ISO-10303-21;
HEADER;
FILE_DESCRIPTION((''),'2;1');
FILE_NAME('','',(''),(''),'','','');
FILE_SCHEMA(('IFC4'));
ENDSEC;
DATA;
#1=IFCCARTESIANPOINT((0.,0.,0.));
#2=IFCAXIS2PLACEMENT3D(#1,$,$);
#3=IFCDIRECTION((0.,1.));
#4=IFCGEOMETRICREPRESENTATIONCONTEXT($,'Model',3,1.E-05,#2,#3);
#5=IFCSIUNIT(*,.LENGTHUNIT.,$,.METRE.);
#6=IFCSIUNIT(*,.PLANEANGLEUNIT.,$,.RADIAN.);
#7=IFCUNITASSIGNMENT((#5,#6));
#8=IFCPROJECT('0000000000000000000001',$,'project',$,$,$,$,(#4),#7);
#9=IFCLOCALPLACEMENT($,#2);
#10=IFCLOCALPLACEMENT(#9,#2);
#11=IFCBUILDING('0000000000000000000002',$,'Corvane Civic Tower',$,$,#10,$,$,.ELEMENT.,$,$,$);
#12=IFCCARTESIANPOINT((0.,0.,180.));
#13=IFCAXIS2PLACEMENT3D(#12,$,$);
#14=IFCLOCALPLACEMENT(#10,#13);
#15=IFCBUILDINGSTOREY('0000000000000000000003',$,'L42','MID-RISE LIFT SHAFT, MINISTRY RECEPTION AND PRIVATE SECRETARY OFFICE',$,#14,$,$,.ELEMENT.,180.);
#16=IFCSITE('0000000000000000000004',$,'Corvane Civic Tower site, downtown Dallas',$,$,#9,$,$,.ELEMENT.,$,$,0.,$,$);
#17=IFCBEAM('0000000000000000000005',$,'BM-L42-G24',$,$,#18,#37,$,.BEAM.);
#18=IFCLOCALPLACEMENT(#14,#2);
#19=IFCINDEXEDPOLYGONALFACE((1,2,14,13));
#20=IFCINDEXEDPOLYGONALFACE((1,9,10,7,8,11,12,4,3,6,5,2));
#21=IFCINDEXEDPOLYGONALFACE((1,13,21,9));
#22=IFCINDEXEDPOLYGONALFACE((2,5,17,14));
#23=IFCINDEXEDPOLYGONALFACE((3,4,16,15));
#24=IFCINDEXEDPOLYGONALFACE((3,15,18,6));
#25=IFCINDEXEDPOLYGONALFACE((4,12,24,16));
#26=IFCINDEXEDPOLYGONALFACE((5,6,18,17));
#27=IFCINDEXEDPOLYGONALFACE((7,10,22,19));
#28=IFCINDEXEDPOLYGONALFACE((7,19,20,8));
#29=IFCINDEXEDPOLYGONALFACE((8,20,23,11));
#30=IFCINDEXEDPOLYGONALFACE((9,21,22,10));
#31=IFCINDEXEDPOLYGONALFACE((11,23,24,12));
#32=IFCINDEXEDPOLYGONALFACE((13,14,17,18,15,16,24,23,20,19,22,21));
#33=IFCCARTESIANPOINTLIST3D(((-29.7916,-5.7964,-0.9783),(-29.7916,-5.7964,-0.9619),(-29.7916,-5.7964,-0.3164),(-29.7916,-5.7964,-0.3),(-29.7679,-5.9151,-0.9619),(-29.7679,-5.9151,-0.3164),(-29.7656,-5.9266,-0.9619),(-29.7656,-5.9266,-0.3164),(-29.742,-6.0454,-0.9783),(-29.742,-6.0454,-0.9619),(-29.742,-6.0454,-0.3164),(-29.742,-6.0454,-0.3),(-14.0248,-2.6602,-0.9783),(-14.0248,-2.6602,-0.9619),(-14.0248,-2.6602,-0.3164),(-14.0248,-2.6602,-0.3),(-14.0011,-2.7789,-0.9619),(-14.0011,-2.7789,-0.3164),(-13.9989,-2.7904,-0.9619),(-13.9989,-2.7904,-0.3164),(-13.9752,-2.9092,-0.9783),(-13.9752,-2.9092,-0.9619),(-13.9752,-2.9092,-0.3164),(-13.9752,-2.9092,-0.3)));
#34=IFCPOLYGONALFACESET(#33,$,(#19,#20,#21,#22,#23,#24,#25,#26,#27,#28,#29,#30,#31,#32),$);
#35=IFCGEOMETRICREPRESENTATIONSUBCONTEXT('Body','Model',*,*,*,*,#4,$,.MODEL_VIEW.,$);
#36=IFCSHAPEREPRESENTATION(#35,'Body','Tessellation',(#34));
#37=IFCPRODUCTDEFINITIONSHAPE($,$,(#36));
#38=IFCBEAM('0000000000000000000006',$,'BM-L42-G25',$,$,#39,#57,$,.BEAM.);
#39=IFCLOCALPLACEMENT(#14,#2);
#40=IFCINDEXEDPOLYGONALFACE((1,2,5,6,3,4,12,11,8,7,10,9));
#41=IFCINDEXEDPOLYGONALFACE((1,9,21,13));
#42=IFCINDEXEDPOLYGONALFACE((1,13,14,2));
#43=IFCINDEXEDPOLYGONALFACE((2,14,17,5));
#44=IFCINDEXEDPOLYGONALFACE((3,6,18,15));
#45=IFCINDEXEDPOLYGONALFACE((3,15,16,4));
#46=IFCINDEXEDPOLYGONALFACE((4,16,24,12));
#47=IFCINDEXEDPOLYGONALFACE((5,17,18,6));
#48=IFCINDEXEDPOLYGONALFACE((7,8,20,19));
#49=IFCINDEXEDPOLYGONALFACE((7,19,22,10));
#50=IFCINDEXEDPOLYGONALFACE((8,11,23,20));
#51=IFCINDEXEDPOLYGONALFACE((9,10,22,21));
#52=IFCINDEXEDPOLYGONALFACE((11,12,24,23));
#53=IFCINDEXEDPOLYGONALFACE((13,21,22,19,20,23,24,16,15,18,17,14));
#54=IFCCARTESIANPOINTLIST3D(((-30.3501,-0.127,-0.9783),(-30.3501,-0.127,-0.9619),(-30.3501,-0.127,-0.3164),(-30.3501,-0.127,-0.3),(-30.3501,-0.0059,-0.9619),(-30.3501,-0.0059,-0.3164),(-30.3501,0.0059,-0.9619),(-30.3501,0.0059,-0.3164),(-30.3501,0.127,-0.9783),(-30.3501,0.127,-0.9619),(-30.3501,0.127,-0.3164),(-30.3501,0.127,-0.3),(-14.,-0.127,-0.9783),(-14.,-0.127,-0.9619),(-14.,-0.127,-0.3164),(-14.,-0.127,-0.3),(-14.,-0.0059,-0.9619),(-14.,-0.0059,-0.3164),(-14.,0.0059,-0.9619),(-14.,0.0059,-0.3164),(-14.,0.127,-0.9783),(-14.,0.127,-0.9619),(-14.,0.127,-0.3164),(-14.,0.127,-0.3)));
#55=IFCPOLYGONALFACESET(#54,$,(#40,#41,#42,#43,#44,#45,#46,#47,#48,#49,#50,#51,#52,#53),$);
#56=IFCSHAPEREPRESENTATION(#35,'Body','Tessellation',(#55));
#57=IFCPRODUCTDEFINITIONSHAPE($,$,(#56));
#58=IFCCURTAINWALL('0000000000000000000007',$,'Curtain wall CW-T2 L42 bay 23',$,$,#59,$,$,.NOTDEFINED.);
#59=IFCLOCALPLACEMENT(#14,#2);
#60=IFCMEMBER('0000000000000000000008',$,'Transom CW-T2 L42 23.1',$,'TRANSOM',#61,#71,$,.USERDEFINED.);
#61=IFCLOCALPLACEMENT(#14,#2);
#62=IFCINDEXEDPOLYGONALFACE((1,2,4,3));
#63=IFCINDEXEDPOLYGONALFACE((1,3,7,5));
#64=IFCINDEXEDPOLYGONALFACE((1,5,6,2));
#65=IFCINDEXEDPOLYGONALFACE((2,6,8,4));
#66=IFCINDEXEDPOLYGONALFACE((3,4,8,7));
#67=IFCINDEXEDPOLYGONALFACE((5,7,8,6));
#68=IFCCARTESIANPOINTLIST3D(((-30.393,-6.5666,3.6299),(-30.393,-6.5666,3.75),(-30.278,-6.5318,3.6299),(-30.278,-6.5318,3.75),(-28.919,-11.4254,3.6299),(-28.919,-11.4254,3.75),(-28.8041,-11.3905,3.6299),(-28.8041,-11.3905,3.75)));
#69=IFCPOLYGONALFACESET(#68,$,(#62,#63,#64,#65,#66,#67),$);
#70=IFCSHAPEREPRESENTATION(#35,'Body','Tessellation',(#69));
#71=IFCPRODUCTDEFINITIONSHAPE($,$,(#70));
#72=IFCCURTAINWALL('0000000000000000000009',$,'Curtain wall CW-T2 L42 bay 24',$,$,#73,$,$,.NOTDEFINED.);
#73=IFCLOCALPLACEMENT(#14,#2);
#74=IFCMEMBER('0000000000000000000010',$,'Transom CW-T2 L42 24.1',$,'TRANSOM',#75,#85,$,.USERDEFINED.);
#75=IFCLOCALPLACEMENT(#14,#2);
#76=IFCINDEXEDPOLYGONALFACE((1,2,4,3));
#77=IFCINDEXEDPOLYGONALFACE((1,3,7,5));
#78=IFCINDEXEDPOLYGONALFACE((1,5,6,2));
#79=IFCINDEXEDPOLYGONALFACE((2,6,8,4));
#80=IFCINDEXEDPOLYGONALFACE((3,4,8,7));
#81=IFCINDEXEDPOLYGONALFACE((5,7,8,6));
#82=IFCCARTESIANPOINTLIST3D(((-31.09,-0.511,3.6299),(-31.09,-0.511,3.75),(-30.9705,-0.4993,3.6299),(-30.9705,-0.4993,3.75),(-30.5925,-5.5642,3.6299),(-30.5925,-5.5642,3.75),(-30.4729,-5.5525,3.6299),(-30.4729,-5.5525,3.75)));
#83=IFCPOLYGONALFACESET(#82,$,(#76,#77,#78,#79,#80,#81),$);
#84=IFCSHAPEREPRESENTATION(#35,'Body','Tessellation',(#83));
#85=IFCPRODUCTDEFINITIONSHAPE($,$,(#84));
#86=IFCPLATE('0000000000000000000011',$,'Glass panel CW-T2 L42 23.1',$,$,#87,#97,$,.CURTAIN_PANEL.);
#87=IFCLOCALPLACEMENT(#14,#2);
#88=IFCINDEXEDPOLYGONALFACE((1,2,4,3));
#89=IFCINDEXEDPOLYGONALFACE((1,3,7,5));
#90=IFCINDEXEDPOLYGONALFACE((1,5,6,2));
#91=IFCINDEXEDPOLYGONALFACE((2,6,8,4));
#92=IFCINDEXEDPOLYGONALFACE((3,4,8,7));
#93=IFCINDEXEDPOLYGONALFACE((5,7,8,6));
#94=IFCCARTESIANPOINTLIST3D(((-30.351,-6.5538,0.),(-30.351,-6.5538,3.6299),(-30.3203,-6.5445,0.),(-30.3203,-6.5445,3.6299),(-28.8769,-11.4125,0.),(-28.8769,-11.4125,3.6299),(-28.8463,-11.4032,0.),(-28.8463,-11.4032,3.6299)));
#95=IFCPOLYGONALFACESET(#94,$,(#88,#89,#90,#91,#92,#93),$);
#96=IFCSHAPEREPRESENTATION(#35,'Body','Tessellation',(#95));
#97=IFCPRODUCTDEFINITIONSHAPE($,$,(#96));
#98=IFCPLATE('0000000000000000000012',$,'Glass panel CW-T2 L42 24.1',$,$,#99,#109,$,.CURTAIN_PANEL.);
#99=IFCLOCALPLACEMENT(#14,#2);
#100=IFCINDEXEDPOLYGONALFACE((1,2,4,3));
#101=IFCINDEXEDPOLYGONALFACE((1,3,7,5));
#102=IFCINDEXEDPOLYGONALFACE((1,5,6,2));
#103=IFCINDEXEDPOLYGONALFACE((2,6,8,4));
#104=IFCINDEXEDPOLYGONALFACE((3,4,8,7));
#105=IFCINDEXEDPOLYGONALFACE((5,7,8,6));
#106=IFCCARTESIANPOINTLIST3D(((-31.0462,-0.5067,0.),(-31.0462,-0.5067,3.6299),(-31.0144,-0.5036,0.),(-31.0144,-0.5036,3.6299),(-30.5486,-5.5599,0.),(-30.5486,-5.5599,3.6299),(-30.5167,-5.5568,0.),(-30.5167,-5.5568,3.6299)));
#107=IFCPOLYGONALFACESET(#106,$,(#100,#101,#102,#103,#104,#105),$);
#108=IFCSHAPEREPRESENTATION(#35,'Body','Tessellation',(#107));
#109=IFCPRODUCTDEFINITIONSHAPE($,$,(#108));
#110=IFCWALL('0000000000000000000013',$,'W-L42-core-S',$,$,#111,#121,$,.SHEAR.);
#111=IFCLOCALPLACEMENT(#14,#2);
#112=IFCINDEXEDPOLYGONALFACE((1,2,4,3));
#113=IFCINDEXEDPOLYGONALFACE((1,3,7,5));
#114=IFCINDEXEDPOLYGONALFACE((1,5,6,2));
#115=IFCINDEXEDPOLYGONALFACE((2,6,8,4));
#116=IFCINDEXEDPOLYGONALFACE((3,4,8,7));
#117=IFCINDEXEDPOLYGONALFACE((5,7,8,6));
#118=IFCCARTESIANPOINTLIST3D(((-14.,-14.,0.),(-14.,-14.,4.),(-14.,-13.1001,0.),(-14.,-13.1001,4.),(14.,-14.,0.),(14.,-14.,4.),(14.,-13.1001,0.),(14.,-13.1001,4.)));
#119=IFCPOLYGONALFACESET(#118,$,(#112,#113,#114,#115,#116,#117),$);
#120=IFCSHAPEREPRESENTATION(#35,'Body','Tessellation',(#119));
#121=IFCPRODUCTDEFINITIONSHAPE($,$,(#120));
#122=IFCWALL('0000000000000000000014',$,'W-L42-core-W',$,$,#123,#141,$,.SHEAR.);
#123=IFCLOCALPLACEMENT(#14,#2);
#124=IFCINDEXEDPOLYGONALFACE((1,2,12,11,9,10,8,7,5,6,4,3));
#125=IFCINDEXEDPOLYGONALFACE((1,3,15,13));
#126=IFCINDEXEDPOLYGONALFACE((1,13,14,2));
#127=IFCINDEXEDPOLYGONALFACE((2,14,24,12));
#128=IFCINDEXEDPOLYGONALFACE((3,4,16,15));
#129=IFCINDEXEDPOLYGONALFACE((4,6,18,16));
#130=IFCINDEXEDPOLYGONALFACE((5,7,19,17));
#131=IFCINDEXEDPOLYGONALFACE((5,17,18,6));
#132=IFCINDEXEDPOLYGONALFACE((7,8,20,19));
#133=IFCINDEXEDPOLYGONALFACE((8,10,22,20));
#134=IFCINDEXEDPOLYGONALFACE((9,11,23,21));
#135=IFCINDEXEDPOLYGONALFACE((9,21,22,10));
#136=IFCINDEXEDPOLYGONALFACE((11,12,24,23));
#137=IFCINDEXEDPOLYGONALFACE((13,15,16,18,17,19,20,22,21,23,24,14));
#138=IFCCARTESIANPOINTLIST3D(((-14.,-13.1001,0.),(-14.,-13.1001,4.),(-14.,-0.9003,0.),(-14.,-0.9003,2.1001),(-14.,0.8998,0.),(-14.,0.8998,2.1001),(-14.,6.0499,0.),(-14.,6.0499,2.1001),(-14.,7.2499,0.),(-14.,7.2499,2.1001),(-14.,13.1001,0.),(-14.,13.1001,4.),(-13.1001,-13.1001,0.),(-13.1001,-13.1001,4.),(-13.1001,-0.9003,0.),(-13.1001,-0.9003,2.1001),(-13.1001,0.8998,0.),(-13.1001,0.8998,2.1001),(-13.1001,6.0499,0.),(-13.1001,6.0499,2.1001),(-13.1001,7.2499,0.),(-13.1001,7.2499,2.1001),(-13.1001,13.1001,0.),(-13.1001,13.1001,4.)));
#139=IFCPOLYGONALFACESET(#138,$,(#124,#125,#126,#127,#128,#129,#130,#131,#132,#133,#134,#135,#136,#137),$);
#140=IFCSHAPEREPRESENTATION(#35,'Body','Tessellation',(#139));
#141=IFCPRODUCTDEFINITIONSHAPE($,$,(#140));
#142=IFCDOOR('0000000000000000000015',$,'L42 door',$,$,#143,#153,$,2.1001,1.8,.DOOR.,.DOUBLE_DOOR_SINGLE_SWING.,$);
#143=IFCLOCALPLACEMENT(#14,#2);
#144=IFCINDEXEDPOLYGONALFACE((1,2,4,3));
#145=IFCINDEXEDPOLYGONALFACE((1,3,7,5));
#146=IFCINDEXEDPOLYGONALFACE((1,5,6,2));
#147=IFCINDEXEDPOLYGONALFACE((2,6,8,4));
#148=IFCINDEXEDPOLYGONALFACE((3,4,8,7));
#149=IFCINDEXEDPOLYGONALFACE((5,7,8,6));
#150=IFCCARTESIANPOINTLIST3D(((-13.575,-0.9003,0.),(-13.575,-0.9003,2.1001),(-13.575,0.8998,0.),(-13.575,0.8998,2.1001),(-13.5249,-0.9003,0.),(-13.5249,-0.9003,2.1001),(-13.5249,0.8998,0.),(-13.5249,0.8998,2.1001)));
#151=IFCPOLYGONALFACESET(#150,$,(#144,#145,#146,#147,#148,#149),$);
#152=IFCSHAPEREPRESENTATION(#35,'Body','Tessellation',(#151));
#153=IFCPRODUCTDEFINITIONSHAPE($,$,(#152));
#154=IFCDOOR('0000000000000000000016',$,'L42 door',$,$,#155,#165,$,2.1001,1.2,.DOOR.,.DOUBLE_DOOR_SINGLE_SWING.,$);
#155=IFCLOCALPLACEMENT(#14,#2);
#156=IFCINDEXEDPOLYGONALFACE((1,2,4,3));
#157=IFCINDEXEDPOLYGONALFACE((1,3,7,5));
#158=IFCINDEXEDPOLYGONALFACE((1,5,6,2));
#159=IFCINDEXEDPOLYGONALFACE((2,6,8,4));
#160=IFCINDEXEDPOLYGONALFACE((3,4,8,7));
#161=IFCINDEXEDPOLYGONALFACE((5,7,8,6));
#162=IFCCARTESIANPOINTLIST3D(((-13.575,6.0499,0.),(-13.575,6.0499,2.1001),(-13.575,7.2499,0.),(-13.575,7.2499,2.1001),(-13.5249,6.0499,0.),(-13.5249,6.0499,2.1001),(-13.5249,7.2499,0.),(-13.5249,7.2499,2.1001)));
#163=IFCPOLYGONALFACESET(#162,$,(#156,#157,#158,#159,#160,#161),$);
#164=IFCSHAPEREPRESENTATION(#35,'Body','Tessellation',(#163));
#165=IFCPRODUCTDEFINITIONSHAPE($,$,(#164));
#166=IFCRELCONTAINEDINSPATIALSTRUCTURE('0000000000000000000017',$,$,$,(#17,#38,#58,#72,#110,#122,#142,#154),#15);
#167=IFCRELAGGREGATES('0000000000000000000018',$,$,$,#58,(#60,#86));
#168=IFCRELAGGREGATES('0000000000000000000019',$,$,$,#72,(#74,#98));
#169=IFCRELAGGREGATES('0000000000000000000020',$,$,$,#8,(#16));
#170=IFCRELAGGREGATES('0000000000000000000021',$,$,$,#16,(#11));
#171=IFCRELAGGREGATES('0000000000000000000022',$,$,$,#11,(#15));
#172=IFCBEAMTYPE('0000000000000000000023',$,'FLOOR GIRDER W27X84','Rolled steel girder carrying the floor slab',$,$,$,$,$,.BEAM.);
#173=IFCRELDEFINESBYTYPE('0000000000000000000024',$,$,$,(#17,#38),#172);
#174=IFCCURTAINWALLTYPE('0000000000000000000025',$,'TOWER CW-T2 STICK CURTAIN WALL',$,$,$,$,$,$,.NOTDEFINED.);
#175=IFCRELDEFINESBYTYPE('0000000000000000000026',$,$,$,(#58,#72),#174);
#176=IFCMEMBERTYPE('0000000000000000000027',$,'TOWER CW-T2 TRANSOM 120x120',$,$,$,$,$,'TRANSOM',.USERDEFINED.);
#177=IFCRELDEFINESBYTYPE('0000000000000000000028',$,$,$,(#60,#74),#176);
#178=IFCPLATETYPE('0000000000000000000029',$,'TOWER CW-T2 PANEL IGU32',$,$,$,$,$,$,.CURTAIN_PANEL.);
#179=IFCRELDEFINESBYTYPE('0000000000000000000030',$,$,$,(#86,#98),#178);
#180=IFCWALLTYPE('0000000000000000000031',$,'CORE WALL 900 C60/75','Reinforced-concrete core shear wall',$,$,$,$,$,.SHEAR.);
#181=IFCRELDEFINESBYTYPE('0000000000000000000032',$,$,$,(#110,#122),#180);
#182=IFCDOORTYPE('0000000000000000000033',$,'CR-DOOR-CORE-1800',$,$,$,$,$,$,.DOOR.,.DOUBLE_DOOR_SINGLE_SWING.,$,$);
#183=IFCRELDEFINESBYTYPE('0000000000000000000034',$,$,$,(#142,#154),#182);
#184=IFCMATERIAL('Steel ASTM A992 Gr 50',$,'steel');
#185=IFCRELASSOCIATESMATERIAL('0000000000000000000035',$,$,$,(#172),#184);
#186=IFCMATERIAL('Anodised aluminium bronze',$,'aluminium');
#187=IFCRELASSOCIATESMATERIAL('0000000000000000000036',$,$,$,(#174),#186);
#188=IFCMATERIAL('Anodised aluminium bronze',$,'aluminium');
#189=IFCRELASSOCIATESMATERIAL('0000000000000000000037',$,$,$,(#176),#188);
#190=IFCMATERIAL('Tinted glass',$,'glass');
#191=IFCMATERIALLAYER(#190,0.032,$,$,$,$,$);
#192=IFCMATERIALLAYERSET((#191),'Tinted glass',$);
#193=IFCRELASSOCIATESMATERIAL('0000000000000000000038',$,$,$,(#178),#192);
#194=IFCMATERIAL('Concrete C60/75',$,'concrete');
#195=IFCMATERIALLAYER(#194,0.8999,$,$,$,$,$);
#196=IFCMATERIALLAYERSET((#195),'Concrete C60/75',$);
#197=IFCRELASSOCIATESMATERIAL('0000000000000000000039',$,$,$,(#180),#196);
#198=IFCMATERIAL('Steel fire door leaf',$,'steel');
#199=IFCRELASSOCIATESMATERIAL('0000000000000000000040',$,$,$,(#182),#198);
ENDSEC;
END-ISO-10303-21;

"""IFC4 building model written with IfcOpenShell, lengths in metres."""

from ifc_helpers import new_model, si_unit, direction, frame, frame_2d, origin, origin_2d, place, context, subcontext, project, spatial, rectangle, i_section, extrude, material, layer, layer_set, material_profile, profile_set, type_object, element, fill, aggregate, save


model = new_model("IFC4")

# Units and contexts
model_context = context("Model", 3, precision=1e-05, world=origin(), true_north=direction((0.0, 1.0)))
body_context = subcontext(model_context, "Body", "Model", "MODEL_VIEW")
ifc_project = project(units=[si_unit("LENGTHUNIT", "METRE"), si_unit("PLANEANGLEUNIT", "RADIAN")], contexts=[model_context])

# Site, building, storey
site_placement = place(None, origin())
site = spatial("IfcSite", under=ifc_project, at=site_placement, Name="Corvane Civic Tower site, downtown Dallas", CompositionType="ELEMENT", RefElevation=0.0)
building_placement = place(site_placement, origin())
building = spatial("IfcBuilding", under=site, at=building_placement, Name="Corvane Civic Tower", CompositionType="ELEMENT")
storey_placement = place(building_placement, frame((0.0, 0.0, 180.0)))
storey = spatial("IfcBuildingStorey", under=building, at=storey_placement, Name="L42", Description="MID-RISE LIFT SHAFT, MINISTRY RECEPTION AND PRIVATE SECRETARY OFFICE", CompositionType="ELEMENT", Elevation=180.0)

# Beams
ifc_material_1 = material(Name="Steel ASTM A992 Gr 50", Category="steel")
ifc_material_profile_1 = material_profile(ifc_material_1, i_section(OverallWidth=0.2539, OverallDepth=0.6782, WebThickness=0.0117, FlangeThickness=0.0164, at=origin_2d()), Name="W27X84")
ifc_profile_set_1 = profile_set([ifc_material_profile_1], Name="Steel ASTM A992 Gr 50")
beam_type_1 = type_object("IfcBeamType", Name="FLOOR GIRDER W27X84", Description="Rolled steel girder carrying the floor slab", PredefinedType="BEAM", material=ifc_profile_set_1)
beam_1_placement = place(storey_placement, frame((-14.0, -2.7847, -0.6392), z_axis=(-0.980785, -0.195091, 0.0), x_axis=(0.195091, -0.980785, 0.0)))
element("IfcBeam", 1, at=beam_1_placement, inside=storey, type_object=beam_type_1, Name="BM-L42-G24", PredefinedType="BEAM", context=body_context, shape_type="SweptSolid", body=[
    extrude(i_section(OverallWidth=0.2539, OverallDepth=0.6782, WebThickness=0.0117, FlangeThickness=0.0164, at=origin_2d()), origin(), (0.0, 0.0, 1.0), 16.0757),
])
beam_2_placement = place(storey_placement, frame((-14.0, 0.0, -0.6392), z_axis=(-1.0, 0.0, 0.0), x_axis=(0.0, -1.0, 0.0)))
element("IfcBeam", 2, at=beam_2_placement, inside=storey, type_object=beam_type_1, Name="BM-L42-G25", PredefinedType="BEAM", context=body_context, shape_type="SweptSolid", body=[
    extrude(i_section(OverallWidth=0.2539, OverallDepth=0.6782, WebThickness=0.0117, FlangeThickness=0.0164, at=origin_2d()), origin(), (0.0, 0.0, 1.0), 16.3501),
])

# Curtain walls, members
ifc_material_2 = material(Name="Anodised aluminium bronze", Category="aluminium")
curtain_wall_type = type_object("IfcCurtainWallType", Name="TOWER CW-T2 STICK CURTAIN WALL", PredefinedType="NOTDEFINED", material=ifc_material_2)
curtain_wall_1_placement = place(storey_placement, origin())
curtain_wall_1 = element("IfcCurtainWall", 3, at=curtain_wall_1_placement, inside=storey, type_object=curtain_wall_type, Name="Curtain wall CW-T2 L42 bay 23", PredefinedType="NOTDEFINED")
ifc_material_3 = material(Name="Anodised aluminium bronze", Category="aluminium")
ifc_material_profile_2 = material_profile(ifc_material_3, rectangle(XDim=0.1201, YDim=0.1201, at=origin_2d()), Name="TOWER CW-T2 TRANSOM 120x120")
ifc_profile_set_2 = profile_set([ifc_material_profile_2], Name="Anodised aluminium bronze")
member_type = type_object("IfcMemberType", Name="TOWER CW-T2 TRANSOM 120x120", ElementType="TRANSOM", PredefinedType="USERDEFINED", material=ifc_profile_set_2)
member_1_placement = place(storey_placement, frame((-28.8616, -11.408, 3.6899), z_axis=(-0.290289, 0.956939, 0.0), x_axis=(-0.956939, -0.290289, 0.0)))
member_1 = element("IfcMember", 4, at=member_1_placement, type_object=member_type, Name="Transom CW-T2 L42 23.1", ObjectType="TRANSOM", PredefinedType="USERDEFINED", context=body_context, shape_type="SweptSolid", body=[
    extrude(rectangle(XDim=0.1201, YDim=0.1201, at=origin_2d()), origin(), (0.0, 0.0, 1.0), 5.0774),
])
curtain_wall_2_placement = place(storey_placement, origin())
curtain_wall_2 = element("IfcCurtainWall", 5, at=curtain_wall_2_placement, inside=storey, type_object=curtain_wall_type, Name="Curtain wall CW-T2 L42 bay 24", PredefinedType="NOTDEFINED")
member_2_placement = place(storey_placement, frame((-30.5327, -5.5583, 3.6899), z_axis=(-0.09799, 0.995187, 0.0), x_axis=(-0.995187, -0.09799, 0.0)))
member_2 = element("IfcMember", 6, at=member_2_placement, type_object=member_type, Name="Transom CW-T2 L42 24.1", ObjectType="TRANSOM", PredefinedType="USERDEFINED", context=body_context, shape_type="SweptSolid", body=[
    extrude(rectangle(XDim=0.1201, YDim=0.1201, at=origin_2d()), origin(), (0.0, 0.0, 1.0), 5.0776),
])

# Plates
ifc_material_4 = material(Name="Tinted glass", Category="glass")
ifc_layer_1 = layer(ifc_material_4, 0.032)
ifc_layer_set_1 = layer_set([ifc_layer_1], Name="Tinted glass")
plate_type = type_object("IfcPlateType", Name="TOWER CW-T2 PANEL IGU32", PredefinedType="CURTAIN_PANEL", material=ifc_layer_set_1)
plate_1_placement = place(storey_placement, frame((-29.5986, -8.9785, 0.0), z_axis=(0.0, 0.0, 1.0), x_axis=(-0.290313, 0.956932, 0.0)))
plate_1 = element("IfcPlate", 7, at=plate_1_placement, type_object=plate_type, Name="Glass panel CW-T2 L42 23.1", PredefinedType="CURTAIN_PANEL", context=body_context, shape_type="SweptSolid", body=[
    extrude(rectangle(XDim=5.0774, YDim=0.032, at=origin_2d()), origin(), (0.0, 0.0, 1.0), 3.6299),
])
aggregate(curtain_wall_1, [member_1, plate_1])
plate_2_placement = place(storey_placement, frame((-30.7815, -3.0317, 0.0), z_axis=(0.0, 0.0, 1.0), x_axis=(-0.098012, 0.995185, 0.0)))
plate_2 = element("IfcPlate", 8, at=plate_2_placement, type_object=plate_type, Name="Glass panel CW-T2 L42 24.1", PredefinedType="CURTAIN_PANEL", context=body_context, shape_type="SweptSolid", body=[
    extrude(rectangle(XDim=5.0776, YDim=0.032, at=origin_2d()), origin(), (0.0, 0.0, 1.0), 3.6299),
])
aggregate(curtain_wall_2, [member_2, plate_2])

# Wall
ifc_material_5 = material(Name="Concrete C60/75", Category="concrete")
ifc_layer_2 = layer(ifc_material_5, 0.8999)
ifc_layer_set_2 = layer_set([ifc_layer_2], Name="Concrete C60/75")
wall_type_1 = type_object("IfcWallType", Name="CORE WALL 900 C60/75", Description="Reinforced-concrete core shear wall", PredefinedType="SHEAR", material=ifc_layer_set_2)
wall_1_placement = place(storey_placement, frame((-14.0, -13.55, 0.0), z_axis=(0.0, 0.0, 1.0), x_axis=(1.0, 0.0, 0.0)))
element("IfcWall", 9, at=wall_1_placement, inside=storey, type_object=wall_type_1, Name="W-L42-core-S", PredefinedType="SHEAR", context=body_context, shape_type="SweptSolid", body=[
    extrude(rectangle(XDim=28.0, YDim=0.8999, at=frame_2d((14.0, 0.0))), origin(), (0.0, 0.0, 1.0), 4.0),
])

# Wall, openings, doors
wall_2_placement = place(storey_placement, frame((-13.55, -13.1001, 0.0), z_axis=(0.0, 0.0, 1.0), x_axis=(0.0, 1.0, 0.0)))
wall_2 = element("IfcWall", 10, at=wall_2_placement, inside=storey, type_object=wall_type_1, Name="W-L42-core-W", PredefinedType="SHEAR", context=body_context, shape_type="SweptSolid", body=[
    extrude(rectangle(XDim=26.2002, YDim=0.8999, at=frame_2d((13.1001, 0.0))), origin(), (0.0, 0.0, 1.0), 4.0),
])
opening_1_placement = place(wall_2_placement, frame((12.2, 0.0, 0.0)))
opening_1 = element("IfcOpeningElement", 11, at=opening_1_placement, cuts=wall_2, PredefinedType="OPENING", context=body_context, shape_type="SweptSolid", body=[
    extrude(rectangle(XDim=1.8, YDim=2.1001, at=frame_2d((0.8999, 1.05))), frame((0.0, 0.46, 0.0), z_axis=(0.0, -1.0, 0.0), x_axis=(1.0, 0.0, 0.0)), (0.0, 0.0, 1.0), 0.9199),
])
opening_2_placement = place(wall_2_placement, frame((19.1499, 0.0, 0.0)))
opening_2 = element("IfcOpeningElement", 12, at=opening_2_placement, cuts=wall_2, PredefinedType="OPENING", context=body_context, shape_type="SweptSolid", body=[
    extrude(rectangle(XDim=1.2, YDim=2.1001, at=frame_2d((0.6001, 1.05))), frame((0.0, 0.46, 0.0), z_axis=(0.0, -1.0, 0.0), x_axis=(1.0, 0.0, 0.0)), (0.0, 0.0, 1.0), 0.9199),
])
ifc_material_6 = material(Name="Steel fire door leaf", Category="steel")
door_type_1 = type_object("IfcDoorType", Name="CR-DOOR-CORE-1800", OperationType="DOUBLE_DOOR_SINGLE_SWING", PredefinedType="DOOR", material=ifc_material_6)
door_1_placement = place(opening_1_placement, origin())
door_1 = element("IfcDoor", 13, at=door_1_placement, inside=storey, type_object=door_type_1, Name="L42 door", OperationType="DOUBLE_DOOR_SINGLE_SWING", OverallHeight=2.1001, OverallWidth=1.8, PredefinedType="DOOR", context=body_context, shape_type="SweptSolid", body=[
    extrude(rectangle(XDim=1.8, YDim=2.1001, at=frame_2d((0.8999, 1.05))), frame((0.0, 0.0249, 0.0), z_axis=(0.0, -1.0, 0.0), x_axis=(1.0, 0.0, 0.0)), (0.0, 0.0, 1.0), 0.05),
])
fill(opening_1, door_1)
door_2_placement = place(opening_2_placement, origin())
door_2 = element("IfcDoor", 14, at=door_2_placement, inside=storey, type_object=door_type_1, Name="L42 door", OperationType="DOUBLE_DOOR_SINGLE_SWING", OverallHeight=2.1001, OverallWidth=1.2, PredefinedType="DOOR", context=body_context, shape_type="SweptSolid", body=[
    extrude(rectangle(XDim=1.2, YDim=2.1001, at=frame_2d((0.6001, 1.05))), frame((0.0, 0.0249, 0.0), z_axis=(0.0, -1.0, 0.0), x_axis=(1.0, 0.0, 0.0)), (0.0, 0.0, 1.0), 0.05),
])
fill(opening_2, door_2)

save(model, "model.ifc")
